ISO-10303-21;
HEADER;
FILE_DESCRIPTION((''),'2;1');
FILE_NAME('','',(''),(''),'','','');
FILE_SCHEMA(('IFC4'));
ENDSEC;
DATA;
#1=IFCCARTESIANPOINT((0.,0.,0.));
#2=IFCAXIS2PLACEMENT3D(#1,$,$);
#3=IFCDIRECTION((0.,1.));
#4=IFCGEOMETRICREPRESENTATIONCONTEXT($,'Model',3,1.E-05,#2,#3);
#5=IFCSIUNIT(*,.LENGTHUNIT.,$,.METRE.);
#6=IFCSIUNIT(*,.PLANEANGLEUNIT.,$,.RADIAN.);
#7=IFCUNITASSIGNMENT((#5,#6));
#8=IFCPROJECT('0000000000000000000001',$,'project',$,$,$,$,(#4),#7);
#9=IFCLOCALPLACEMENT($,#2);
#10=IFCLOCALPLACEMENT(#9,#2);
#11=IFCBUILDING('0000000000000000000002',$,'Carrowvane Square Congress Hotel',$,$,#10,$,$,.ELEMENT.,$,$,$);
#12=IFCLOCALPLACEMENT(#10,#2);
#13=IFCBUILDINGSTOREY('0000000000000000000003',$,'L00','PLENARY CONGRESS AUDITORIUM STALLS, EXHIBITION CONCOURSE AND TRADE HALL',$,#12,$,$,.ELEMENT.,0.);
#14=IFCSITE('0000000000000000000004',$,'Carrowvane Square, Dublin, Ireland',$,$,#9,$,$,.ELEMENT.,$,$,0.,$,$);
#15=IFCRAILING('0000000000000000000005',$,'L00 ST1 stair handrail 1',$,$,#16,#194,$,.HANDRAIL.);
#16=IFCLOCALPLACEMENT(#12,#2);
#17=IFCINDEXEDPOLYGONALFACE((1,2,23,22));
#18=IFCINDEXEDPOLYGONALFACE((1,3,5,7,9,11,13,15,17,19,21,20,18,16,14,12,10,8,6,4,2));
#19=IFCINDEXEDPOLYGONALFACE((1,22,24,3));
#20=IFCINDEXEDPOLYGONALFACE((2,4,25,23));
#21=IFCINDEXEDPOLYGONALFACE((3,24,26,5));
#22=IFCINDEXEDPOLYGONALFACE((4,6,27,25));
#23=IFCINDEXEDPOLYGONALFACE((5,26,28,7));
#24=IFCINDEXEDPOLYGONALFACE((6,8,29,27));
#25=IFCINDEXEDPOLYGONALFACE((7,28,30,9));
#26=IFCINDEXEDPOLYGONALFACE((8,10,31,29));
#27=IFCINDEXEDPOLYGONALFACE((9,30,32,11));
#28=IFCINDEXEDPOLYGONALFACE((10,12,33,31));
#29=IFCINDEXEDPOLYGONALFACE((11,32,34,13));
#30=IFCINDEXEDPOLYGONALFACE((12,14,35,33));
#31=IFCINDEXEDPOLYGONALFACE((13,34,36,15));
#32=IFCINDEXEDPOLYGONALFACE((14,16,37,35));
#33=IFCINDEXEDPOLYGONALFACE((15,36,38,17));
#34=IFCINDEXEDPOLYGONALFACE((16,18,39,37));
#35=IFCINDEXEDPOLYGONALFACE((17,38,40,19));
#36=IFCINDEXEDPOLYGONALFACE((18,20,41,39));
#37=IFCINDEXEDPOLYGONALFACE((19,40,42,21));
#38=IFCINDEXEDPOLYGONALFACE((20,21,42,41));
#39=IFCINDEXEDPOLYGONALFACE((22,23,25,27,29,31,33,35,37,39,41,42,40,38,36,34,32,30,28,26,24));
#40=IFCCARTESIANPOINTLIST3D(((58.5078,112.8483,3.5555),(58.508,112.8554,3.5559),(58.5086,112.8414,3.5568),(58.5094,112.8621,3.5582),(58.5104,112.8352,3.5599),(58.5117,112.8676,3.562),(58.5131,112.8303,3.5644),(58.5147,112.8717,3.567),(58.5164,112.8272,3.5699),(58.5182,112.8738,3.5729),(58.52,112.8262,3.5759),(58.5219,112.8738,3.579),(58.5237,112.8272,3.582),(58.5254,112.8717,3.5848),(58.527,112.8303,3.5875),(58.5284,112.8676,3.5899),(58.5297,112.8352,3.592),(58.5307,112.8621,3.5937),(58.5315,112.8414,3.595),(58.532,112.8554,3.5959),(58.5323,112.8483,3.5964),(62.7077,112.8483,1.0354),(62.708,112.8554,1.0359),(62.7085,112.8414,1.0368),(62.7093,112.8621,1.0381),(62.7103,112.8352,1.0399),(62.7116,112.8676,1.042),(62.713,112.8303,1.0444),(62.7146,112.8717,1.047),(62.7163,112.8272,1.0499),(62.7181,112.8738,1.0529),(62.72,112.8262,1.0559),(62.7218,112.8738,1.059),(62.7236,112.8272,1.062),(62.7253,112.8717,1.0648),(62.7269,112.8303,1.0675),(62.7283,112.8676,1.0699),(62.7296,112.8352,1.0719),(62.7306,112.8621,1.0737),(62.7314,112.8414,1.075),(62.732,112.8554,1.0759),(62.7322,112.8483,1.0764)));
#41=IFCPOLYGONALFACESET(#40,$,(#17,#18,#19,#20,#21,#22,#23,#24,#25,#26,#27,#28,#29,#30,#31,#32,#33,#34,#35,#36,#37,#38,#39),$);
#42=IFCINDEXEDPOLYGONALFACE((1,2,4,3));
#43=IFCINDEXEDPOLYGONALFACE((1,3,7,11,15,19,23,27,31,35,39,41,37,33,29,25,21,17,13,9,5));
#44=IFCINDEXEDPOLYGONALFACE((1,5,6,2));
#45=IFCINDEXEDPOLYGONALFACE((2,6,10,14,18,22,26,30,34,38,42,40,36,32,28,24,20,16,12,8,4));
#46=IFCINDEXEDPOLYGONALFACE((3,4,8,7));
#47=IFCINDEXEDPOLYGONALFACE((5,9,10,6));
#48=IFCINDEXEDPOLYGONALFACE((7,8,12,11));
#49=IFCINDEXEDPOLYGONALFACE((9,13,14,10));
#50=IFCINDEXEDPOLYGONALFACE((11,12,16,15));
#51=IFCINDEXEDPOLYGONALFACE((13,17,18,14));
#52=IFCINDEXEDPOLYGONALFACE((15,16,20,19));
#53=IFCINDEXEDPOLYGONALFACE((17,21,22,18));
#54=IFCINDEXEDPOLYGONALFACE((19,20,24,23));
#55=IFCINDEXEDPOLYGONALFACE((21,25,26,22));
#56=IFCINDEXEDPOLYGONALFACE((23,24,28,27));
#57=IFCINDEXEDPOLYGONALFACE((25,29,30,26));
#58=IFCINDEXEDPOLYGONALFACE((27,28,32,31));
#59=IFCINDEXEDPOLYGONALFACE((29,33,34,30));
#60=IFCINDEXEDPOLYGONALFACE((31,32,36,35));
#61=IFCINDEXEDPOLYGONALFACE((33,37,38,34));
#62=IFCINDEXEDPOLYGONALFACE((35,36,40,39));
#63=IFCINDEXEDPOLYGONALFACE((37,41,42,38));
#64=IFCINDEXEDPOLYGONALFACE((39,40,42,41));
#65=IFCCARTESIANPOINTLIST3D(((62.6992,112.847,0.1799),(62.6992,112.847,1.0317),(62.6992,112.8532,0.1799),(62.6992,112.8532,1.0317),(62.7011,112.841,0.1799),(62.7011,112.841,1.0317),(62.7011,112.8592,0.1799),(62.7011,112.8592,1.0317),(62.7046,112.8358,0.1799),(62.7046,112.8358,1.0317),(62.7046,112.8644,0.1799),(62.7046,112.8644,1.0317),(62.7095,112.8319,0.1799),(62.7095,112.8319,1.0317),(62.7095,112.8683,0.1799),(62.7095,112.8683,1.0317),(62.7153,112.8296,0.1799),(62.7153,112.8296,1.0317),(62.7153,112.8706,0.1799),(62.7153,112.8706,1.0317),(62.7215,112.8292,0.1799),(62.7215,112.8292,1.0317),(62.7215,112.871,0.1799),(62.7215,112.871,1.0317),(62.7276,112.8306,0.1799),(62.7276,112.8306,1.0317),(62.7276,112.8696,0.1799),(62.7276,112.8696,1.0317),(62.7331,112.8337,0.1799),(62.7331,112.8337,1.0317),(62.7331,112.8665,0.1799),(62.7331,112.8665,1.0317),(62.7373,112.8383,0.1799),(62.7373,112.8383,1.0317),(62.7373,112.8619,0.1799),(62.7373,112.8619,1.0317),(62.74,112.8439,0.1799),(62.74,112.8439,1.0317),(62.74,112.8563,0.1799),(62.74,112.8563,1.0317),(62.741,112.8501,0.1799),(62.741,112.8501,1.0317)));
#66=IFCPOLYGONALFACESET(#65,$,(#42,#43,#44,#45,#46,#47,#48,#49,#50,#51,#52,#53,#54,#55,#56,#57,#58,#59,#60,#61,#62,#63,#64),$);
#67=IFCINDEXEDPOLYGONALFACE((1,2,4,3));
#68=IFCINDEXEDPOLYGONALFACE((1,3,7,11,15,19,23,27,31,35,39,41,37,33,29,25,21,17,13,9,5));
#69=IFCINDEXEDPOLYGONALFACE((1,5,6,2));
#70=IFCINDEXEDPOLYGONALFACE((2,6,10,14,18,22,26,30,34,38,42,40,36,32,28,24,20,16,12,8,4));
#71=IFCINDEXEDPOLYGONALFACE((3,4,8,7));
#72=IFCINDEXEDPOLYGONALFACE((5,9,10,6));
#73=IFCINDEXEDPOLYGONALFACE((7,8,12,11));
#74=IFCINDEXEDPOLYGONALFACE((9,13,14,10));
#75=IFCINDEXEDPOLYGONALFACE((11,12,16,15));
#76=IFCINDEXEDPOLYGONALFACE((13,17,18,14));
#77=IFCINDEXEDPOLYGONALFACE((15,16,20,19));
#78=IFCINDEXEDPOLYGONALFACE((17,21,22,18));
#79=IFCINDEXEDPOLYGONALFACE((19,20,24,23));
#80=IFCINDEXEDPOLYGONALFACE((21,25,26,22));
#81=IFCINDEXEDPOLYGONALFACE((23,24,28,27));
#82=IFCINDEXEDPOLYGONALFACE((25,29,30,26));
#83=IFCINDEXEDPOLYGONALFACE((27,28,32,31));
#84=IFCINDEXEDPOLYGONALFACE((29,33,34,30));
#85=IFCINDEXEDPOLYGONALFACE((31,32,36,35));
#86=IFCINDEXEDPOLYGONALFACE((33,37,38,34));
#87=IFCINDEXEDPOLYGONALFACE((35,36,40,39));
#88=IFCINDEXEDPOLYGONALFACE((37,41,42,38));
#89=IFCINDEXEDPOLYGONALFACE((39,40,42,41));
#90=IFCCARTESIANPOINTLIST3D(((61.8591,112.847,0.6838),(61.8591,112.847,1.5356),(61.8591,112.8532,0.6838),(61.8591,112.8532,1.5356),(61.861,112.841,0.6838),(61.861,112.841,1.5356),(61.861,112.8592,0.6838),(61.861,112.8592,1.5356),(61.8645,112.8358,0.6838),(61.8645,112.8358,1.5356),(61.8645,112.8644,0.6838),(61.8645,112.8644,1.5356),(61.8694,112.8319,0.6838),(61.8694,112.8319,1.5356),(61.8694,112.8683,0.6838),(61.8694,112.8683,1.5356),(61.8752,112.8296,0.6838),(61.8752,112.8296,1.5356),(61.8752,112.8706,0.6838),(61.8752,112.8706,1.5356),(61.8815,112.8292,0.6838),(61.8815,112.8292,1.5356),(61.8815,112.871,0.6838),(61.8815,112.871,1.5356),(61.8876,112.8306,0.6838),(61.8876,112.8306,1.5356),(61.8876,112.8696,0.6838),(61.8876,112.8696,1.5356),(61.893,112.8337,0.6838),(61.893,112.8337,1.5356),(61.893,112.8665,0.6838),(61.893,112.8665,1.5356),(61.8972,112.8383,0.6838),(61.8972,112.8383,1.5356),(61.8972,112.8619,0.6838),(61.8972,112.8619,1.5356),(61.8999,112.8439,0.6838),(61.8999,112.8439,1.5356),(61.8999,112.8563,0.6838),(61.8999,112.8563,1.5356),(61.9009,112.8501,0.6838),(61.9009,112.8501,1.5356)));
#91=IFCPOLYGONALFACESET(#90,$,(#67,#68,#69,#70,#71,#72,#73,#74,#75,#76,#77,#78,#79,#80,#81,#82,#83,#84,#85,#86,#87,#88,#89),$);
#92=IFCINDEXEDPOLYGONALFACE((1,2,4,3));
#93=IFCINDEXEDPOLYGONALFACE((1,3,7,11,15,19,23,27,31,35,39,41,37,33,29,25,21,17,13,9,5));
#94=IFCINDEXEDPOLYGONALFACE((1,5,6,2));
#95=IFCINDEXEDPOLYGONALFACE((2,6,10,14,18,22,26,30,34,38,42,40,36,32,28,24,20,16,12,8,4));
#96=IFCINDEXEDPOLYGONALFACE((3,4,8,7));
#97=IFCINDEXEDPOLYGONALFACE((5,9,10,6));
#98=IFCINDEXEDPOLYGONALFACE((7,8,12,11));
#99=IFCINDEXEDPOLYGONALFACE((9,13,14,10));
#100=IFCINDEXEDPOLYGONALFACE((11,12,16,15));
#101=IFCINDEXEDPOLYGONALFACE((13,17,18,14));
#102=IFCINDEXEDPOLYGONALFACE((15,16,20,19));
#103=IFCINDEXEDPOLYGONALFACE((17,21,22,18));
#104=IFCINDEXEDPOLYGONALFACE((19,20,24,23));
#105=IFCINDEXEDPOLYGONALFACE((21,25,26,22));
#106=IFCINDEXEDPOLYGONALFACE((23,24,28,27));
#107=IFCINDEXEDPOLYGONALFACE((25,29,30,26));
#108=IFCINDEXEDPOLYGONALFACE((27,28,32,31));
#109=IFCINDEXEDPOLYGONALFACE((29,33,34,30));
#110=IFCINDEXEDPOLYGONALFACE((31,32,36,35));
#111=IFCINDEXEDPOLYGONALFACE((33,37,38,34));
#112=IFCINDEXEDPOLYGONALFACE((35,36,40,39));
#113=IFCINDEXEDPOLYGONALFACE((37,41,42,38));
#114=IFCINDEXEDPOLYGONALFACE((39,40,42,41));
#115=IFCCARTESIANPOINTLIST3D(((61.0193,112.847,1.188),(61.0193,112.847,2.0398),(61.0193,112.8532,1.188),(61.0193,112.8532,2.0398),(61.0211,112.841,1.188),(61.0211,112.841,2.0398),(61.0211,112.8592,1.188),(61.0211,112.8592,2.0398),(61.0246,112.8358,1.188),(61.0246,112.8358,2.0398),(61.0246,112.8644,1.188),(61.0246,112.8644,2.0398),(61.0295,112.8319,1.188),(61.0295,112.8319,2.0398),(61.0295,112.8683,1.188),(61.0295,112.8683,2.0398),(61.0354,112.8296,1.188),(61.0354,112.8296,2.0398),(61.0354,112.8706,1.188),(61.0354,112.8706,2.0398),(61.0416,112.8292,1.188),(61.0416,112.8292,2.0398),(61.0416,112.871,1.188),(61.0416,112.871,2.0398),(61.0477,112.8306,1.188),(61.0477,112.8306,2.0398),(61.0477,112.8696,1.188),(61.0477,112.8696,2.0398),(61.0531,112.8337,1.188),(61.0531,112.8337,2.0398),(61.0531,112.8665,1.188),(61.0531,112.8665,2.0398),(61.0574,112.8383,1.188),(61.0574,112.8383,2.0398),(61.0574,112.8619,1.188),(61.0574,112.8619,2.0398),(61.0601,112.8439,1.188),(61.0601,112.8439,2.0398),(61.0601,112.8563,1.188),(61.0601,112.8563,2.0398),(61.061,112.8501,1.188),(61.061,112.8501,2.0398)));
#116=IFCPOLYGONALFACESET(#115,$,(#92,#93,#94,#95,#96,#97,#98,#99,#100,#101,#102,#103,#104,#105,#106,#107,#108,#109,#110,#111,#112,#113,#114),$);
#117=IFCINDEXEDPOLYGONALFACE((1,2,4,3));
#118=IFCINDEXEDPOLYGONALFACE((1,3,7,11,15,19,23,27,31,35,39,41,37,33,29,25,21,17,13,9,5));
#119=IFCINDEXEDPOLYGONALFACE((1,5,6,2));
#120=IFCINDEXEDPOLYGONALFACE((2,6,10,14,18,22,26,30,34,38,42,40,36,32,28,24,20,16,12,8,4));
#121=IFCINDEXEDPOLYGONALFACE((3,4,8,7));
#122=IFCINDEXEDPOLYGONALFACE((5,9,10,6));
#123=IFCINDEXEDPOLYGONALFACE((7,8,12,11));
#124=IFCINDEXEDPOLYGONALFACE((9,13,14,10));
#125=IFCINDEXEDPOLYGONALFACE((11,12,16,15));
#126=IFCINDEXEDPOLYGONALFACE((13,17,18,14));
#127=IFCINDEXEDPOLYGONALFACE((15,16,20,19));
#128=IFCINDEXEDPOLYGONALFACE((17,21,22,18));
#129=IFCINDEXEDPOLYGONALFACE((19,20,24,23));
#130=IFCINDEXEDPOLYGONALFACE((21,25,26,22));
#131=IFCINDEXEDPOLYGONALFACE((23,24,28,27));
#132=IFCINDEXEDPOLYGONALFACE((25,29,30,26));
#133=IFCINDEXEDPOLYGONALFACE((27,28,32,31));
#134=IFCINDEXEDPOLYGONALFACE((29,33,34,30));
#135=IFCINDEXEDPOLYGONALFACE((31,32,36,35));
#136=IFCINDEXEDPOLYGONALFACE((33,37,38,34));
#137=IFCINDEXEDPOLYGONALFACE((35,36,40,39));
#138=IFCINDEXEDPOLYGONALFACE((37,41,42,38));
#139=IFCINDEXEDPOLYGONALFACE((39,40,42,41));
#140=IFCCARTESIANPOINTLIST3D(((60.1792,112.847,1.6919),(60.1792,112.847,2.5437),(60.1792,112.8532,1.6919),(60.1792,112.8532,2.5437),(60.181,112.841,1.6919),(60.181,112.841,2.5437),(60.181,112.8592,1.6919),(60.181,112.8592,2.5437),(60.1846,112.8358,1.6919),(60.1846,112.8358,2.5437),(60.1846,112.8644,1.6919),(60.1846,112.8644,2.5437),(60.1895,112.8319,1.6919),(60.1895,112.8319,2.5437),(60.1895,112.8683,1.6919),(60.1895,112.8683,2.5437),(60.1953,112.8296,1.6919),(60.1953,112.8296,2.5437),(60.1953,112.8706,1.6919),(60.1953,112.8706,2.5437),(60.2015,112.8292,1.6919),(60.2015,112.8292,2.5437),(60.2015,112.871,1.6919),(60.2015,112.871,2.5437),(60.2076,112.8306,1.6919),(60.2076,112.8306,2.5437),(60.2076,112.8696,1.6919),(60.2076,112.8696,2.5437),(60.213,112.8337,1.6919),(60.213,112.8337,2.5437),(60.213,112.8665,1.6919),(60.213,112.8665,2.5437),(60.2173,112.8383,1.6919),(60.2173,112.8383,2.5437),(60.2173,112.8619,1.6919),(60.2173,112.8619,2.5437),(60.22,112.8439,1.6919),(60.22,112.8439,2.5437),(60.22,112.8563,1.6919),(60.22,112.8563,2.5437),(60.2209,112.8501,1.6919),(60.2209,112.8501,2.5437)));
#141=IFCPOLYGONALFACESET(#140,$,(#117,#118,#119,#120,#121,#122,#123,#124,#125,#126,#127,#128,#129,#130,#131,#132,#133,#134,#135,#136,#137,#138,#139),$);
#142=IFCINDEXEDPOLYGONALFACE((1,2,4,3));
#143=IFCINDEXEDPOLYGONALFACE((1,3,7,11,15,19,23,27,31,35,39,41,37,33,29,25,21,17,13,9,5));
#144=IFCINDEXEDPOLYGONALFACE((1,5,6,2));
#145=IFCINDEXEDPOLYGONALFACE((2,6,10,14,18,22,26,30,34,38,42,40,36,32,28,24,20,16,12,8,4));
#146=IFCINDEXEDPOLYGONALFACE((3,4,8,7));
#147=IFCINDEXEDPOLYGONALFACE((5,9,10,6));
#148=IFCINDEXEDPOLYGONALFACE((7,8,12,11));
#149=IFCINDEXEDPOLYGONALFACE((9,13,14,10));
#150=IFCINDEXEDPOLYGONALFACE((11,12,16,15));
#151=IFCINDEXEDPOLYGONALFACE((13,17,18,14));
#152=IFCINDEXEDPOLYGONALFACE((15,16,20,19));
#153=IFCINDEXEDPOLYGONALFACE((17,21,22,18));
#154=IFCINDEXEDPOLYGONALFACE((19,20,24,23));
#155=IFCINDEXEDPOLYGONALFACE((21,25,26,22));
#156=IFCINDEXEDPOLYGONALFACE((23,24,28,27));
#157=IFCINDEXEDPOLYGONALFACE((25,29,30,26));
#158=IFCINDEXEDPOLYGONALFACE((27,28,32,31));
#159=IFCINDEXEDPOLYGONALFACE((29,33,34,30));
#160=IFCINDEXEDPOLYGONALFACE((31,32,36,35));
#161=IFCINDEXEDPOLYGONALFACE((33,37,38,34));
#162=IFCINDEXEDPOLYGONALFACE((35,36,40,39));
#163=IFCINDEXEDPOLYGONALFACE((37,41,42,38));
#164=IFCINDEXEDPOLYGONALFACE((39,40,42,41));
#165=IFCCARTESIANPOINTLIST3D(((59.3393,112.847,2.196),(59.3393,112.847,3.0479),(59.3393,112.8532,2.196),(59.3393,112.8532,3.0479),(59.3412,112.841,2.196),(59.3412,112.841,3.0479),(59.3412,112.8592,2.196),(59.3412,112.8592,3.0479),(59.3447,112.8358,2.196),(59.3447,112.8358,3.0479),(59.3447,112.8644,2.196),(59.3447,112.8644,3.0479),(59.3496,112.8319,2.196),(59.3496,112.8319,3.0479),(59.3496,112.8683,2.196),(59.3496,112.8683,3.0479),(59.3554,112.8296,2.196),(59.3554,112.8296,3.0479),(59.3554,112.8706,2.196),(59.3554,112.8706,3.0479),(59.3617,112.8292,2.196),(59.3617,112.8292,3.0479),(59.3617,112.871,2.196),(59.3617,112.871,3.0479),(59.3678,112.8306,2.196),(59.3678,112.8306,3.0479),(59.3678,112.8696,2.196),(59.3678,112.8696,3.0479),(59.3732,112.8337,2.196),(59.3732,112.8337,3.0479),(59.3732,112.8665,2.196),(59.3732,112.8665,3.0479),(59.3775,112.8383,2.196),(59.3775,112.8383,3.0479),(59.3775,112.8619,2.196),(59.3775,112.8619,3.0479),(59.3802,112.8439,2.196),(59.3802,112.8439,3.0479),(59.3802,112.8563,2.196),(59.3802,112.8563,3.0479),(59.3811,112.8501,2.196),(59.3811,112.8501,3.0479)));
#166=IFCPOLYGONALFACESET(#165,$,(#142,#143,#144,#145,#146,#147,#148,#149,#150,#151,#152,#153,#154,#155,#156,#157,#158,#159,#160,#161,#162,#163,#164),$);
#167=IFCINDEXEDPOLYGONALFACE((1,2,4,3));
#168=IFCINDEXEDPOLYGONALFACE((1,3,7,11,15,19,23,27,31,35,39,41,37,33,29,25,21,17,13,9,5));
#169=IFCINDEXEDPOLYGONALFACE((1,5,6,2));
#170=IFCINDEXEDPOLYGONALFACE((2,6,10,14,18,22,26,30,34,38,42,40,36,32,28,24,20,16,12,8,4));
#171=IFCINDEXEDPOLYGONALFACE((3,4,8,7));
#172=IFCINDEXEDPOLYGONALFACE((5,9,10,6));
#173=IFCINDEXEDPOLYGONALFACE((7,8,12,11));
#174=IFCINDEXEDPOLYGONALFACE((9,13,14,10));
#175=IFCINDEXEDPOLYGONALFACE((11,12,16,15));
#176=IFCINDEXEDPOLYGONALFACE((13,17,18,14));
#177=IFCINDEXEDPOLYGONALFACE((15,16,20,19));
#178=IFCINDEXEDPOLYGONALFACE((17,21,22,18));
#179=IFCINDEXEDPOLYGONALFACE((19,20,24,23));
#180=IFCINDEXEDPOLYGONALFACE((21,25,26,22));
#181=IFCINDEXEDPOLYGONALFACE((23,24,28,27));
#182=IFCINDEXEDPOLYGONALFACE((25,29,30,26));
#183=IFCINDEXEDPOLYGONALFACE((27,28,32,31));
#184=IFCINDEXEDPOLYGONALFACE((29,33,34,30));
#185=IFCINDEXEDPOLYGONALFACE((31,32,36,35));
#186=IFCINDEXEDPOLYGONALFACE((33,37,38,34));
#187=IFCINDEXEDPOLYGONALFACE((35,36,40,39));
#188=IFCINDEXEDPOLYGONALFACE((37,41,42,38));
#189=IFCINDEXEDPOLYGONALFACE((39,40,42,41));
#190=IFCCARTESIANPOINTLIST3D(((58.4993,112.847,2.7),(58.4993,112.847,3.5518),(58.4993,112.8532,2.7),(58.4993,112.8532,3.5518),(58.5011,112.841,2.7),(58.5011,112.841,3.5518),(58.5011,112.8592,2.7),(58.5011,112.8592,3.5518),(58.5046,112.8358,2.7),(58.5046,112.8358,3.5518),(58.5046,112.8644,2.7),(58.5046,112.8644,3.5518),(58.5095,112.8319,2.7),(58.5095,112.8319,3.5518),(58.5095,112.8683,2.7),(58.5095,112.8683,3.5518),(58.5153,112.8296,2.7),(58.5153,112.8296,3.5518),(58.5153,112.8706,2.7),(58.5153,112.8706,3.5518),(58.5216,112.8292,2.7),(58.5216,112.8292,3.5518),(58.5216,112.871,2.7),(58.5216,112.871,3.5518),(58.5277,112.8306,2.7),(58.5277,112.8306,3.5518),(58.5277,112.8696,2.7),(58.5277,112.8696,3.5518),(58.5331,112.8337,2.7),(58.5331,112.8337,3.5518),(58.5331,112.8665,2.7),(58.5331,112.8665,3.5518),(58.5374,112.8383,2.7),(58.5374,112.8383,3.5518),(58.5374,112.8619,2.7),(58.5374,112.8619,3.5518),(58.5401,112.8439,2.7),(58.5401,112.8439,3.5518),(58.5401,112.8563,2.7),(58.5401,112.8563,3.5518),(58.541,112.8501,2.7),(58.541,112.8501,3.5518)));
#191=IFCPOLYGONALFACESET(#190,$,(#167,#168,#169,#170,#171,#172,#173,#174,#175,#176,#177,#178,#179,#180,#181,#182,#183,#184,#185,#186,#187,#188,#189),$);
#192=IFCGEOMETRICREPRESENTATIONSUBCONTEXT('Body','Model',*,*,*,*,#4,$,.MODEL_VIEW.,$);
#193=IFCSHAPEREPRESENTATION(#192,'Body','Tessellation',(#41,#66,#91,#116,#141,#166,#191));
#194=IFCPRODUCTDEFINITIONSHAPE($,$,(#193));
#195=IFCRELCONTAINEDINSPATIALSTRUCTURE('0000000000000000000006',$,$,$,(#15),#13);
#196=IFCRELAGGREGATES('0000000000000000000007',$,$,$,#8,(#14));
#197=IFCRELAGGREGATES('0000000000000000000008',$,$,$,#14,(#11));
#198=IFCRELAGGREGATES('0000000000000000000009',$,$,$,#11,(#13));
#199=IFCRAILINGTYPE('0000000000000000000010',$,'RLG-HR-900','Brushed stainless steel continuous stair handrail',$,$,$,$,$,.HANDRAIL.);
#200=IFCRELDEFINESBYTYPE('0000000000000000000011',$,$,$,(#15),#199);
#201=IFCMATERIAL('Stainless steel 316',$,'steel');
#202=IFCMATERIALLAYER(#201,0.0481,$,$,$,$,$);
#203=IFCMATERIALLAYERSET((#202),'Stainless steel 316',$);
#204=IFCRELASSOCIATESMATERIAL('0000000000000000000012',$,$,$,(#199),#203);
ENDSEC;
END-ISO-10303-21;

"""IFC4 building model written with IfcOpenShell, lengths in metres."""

from ifc_helpers import new_model, si_unit, direction, frame, origin, origin_2d, place, context, subcontext, project, spatial, circle, extrude, material, layer, layer_set, type_object, element, save


model = new_model("IFC4")

# Units and contexts
model_context = context("Model", 3, precision=1e-05, world=origin(), true_north=direction((0.0, 1.0)))
body_context = subcontext(model_context, "Body", "Model", "MODEL_VIEW")
ifc_project = project(units=[si_unit("LENGTHUNIT", "METRE"), si_unit("PLANEANGLEUNIT", "RADIAN")], contexts=[model_context])

# Site, building, storey
site_placement = place(None, origin())
site = spatial("IfcSite", under=ifc_project, at=site_placement, Name="Carrowvane Square, Dublin, Ireland", CompositionType="ELEMENT", RefElevation=0.0)
building_placement = place(site_placement, origin())
building = spatial("IfcBuilding", under=site, at=building_placement, Name="Carrowvane Square Congress Hotel", CompositionType="ELEMENT")
storey_placement = place(building_placement, origin())
storey = spatial("IfcBuildingStorey", under=building, at=storey_placement, Name="L00", Description="PLENARY CONGRESS AUDITORIUM STALLS, EXHIBITION CONCOURSE AND TRADE HALL", CompositionType="ELEMENT", Elevation=0.0)

# Railing
ifc_material_1 = material(Name="Stainless steel 316", Category="steel")
ifc_layer_1 = layer(ifc_material_1, 0.0481)
ifc_layer_set_1 = layer_set([ifc_layer_1], Name="Stainless steel 316")
railing_type_1 = type_object("IfcRailingType", Name="RLG-HR-900", Description="Brushed stainless steel continuous stair handrail", PredefinedType="HANDRAIL", material=ifc_layer_set_1)
railing_1_placement = place(storey_placement, frame((62.72, 112.8501, 0.1799)))
element("IfcRailing", 1, at=railing_1_placement, inside=storey, type_object=railing_type_1, Name="L00 ST1 stair handrail 1", PredefinedType="HANDRAIL", context=body_context, shape_type="SweptSolid", body=[
    extrude(circle(Radius=0.0239, at=origin_2d()), frame((0.0, 0.0, 0.876), z_axis=(-0.857489, 0.0, 0.514503), x_axis=(0.0, -1.0, 0.0)), (0.0, 0.0, 1.0), 4.8979),
    extrude(circle(Radius=0.021, at=origin_2d()), origin(), (0.0, 0.0, 1.0), 0.8518),
    extrude(circle(Radius=0.021, at=origin_2d()), frame((-0.8401, 0.0, 0.5039)), (0.0, 0.0, 1.0), 0.8518),
    extrude(circle(Radius=0.021, at=origin_2d()), frame((-1.6799, 0.0, 1.0081)), (0.0, 0.0, 1.0), 0.8518),
    extrude(circle(Radius=0.021, at=origin_2d()), frame((-2.52, 0.0, 1.512)), (0.0, 0.0, 1.0), 0.8518),
    extrude(circle(Radius=0.021, at=origin_2d()), frame((-3.3599, 0.0, 2.0161)), (0.0, 0.0, 1.0), 0.8518),
    extrude(circle(Radius=0.021, at=origin_2d()), frame((-4.2, 0.0, 2.52)), (0.0, 0.0, 1.0), 0.8518),
])

save(model, "model.ifc")
